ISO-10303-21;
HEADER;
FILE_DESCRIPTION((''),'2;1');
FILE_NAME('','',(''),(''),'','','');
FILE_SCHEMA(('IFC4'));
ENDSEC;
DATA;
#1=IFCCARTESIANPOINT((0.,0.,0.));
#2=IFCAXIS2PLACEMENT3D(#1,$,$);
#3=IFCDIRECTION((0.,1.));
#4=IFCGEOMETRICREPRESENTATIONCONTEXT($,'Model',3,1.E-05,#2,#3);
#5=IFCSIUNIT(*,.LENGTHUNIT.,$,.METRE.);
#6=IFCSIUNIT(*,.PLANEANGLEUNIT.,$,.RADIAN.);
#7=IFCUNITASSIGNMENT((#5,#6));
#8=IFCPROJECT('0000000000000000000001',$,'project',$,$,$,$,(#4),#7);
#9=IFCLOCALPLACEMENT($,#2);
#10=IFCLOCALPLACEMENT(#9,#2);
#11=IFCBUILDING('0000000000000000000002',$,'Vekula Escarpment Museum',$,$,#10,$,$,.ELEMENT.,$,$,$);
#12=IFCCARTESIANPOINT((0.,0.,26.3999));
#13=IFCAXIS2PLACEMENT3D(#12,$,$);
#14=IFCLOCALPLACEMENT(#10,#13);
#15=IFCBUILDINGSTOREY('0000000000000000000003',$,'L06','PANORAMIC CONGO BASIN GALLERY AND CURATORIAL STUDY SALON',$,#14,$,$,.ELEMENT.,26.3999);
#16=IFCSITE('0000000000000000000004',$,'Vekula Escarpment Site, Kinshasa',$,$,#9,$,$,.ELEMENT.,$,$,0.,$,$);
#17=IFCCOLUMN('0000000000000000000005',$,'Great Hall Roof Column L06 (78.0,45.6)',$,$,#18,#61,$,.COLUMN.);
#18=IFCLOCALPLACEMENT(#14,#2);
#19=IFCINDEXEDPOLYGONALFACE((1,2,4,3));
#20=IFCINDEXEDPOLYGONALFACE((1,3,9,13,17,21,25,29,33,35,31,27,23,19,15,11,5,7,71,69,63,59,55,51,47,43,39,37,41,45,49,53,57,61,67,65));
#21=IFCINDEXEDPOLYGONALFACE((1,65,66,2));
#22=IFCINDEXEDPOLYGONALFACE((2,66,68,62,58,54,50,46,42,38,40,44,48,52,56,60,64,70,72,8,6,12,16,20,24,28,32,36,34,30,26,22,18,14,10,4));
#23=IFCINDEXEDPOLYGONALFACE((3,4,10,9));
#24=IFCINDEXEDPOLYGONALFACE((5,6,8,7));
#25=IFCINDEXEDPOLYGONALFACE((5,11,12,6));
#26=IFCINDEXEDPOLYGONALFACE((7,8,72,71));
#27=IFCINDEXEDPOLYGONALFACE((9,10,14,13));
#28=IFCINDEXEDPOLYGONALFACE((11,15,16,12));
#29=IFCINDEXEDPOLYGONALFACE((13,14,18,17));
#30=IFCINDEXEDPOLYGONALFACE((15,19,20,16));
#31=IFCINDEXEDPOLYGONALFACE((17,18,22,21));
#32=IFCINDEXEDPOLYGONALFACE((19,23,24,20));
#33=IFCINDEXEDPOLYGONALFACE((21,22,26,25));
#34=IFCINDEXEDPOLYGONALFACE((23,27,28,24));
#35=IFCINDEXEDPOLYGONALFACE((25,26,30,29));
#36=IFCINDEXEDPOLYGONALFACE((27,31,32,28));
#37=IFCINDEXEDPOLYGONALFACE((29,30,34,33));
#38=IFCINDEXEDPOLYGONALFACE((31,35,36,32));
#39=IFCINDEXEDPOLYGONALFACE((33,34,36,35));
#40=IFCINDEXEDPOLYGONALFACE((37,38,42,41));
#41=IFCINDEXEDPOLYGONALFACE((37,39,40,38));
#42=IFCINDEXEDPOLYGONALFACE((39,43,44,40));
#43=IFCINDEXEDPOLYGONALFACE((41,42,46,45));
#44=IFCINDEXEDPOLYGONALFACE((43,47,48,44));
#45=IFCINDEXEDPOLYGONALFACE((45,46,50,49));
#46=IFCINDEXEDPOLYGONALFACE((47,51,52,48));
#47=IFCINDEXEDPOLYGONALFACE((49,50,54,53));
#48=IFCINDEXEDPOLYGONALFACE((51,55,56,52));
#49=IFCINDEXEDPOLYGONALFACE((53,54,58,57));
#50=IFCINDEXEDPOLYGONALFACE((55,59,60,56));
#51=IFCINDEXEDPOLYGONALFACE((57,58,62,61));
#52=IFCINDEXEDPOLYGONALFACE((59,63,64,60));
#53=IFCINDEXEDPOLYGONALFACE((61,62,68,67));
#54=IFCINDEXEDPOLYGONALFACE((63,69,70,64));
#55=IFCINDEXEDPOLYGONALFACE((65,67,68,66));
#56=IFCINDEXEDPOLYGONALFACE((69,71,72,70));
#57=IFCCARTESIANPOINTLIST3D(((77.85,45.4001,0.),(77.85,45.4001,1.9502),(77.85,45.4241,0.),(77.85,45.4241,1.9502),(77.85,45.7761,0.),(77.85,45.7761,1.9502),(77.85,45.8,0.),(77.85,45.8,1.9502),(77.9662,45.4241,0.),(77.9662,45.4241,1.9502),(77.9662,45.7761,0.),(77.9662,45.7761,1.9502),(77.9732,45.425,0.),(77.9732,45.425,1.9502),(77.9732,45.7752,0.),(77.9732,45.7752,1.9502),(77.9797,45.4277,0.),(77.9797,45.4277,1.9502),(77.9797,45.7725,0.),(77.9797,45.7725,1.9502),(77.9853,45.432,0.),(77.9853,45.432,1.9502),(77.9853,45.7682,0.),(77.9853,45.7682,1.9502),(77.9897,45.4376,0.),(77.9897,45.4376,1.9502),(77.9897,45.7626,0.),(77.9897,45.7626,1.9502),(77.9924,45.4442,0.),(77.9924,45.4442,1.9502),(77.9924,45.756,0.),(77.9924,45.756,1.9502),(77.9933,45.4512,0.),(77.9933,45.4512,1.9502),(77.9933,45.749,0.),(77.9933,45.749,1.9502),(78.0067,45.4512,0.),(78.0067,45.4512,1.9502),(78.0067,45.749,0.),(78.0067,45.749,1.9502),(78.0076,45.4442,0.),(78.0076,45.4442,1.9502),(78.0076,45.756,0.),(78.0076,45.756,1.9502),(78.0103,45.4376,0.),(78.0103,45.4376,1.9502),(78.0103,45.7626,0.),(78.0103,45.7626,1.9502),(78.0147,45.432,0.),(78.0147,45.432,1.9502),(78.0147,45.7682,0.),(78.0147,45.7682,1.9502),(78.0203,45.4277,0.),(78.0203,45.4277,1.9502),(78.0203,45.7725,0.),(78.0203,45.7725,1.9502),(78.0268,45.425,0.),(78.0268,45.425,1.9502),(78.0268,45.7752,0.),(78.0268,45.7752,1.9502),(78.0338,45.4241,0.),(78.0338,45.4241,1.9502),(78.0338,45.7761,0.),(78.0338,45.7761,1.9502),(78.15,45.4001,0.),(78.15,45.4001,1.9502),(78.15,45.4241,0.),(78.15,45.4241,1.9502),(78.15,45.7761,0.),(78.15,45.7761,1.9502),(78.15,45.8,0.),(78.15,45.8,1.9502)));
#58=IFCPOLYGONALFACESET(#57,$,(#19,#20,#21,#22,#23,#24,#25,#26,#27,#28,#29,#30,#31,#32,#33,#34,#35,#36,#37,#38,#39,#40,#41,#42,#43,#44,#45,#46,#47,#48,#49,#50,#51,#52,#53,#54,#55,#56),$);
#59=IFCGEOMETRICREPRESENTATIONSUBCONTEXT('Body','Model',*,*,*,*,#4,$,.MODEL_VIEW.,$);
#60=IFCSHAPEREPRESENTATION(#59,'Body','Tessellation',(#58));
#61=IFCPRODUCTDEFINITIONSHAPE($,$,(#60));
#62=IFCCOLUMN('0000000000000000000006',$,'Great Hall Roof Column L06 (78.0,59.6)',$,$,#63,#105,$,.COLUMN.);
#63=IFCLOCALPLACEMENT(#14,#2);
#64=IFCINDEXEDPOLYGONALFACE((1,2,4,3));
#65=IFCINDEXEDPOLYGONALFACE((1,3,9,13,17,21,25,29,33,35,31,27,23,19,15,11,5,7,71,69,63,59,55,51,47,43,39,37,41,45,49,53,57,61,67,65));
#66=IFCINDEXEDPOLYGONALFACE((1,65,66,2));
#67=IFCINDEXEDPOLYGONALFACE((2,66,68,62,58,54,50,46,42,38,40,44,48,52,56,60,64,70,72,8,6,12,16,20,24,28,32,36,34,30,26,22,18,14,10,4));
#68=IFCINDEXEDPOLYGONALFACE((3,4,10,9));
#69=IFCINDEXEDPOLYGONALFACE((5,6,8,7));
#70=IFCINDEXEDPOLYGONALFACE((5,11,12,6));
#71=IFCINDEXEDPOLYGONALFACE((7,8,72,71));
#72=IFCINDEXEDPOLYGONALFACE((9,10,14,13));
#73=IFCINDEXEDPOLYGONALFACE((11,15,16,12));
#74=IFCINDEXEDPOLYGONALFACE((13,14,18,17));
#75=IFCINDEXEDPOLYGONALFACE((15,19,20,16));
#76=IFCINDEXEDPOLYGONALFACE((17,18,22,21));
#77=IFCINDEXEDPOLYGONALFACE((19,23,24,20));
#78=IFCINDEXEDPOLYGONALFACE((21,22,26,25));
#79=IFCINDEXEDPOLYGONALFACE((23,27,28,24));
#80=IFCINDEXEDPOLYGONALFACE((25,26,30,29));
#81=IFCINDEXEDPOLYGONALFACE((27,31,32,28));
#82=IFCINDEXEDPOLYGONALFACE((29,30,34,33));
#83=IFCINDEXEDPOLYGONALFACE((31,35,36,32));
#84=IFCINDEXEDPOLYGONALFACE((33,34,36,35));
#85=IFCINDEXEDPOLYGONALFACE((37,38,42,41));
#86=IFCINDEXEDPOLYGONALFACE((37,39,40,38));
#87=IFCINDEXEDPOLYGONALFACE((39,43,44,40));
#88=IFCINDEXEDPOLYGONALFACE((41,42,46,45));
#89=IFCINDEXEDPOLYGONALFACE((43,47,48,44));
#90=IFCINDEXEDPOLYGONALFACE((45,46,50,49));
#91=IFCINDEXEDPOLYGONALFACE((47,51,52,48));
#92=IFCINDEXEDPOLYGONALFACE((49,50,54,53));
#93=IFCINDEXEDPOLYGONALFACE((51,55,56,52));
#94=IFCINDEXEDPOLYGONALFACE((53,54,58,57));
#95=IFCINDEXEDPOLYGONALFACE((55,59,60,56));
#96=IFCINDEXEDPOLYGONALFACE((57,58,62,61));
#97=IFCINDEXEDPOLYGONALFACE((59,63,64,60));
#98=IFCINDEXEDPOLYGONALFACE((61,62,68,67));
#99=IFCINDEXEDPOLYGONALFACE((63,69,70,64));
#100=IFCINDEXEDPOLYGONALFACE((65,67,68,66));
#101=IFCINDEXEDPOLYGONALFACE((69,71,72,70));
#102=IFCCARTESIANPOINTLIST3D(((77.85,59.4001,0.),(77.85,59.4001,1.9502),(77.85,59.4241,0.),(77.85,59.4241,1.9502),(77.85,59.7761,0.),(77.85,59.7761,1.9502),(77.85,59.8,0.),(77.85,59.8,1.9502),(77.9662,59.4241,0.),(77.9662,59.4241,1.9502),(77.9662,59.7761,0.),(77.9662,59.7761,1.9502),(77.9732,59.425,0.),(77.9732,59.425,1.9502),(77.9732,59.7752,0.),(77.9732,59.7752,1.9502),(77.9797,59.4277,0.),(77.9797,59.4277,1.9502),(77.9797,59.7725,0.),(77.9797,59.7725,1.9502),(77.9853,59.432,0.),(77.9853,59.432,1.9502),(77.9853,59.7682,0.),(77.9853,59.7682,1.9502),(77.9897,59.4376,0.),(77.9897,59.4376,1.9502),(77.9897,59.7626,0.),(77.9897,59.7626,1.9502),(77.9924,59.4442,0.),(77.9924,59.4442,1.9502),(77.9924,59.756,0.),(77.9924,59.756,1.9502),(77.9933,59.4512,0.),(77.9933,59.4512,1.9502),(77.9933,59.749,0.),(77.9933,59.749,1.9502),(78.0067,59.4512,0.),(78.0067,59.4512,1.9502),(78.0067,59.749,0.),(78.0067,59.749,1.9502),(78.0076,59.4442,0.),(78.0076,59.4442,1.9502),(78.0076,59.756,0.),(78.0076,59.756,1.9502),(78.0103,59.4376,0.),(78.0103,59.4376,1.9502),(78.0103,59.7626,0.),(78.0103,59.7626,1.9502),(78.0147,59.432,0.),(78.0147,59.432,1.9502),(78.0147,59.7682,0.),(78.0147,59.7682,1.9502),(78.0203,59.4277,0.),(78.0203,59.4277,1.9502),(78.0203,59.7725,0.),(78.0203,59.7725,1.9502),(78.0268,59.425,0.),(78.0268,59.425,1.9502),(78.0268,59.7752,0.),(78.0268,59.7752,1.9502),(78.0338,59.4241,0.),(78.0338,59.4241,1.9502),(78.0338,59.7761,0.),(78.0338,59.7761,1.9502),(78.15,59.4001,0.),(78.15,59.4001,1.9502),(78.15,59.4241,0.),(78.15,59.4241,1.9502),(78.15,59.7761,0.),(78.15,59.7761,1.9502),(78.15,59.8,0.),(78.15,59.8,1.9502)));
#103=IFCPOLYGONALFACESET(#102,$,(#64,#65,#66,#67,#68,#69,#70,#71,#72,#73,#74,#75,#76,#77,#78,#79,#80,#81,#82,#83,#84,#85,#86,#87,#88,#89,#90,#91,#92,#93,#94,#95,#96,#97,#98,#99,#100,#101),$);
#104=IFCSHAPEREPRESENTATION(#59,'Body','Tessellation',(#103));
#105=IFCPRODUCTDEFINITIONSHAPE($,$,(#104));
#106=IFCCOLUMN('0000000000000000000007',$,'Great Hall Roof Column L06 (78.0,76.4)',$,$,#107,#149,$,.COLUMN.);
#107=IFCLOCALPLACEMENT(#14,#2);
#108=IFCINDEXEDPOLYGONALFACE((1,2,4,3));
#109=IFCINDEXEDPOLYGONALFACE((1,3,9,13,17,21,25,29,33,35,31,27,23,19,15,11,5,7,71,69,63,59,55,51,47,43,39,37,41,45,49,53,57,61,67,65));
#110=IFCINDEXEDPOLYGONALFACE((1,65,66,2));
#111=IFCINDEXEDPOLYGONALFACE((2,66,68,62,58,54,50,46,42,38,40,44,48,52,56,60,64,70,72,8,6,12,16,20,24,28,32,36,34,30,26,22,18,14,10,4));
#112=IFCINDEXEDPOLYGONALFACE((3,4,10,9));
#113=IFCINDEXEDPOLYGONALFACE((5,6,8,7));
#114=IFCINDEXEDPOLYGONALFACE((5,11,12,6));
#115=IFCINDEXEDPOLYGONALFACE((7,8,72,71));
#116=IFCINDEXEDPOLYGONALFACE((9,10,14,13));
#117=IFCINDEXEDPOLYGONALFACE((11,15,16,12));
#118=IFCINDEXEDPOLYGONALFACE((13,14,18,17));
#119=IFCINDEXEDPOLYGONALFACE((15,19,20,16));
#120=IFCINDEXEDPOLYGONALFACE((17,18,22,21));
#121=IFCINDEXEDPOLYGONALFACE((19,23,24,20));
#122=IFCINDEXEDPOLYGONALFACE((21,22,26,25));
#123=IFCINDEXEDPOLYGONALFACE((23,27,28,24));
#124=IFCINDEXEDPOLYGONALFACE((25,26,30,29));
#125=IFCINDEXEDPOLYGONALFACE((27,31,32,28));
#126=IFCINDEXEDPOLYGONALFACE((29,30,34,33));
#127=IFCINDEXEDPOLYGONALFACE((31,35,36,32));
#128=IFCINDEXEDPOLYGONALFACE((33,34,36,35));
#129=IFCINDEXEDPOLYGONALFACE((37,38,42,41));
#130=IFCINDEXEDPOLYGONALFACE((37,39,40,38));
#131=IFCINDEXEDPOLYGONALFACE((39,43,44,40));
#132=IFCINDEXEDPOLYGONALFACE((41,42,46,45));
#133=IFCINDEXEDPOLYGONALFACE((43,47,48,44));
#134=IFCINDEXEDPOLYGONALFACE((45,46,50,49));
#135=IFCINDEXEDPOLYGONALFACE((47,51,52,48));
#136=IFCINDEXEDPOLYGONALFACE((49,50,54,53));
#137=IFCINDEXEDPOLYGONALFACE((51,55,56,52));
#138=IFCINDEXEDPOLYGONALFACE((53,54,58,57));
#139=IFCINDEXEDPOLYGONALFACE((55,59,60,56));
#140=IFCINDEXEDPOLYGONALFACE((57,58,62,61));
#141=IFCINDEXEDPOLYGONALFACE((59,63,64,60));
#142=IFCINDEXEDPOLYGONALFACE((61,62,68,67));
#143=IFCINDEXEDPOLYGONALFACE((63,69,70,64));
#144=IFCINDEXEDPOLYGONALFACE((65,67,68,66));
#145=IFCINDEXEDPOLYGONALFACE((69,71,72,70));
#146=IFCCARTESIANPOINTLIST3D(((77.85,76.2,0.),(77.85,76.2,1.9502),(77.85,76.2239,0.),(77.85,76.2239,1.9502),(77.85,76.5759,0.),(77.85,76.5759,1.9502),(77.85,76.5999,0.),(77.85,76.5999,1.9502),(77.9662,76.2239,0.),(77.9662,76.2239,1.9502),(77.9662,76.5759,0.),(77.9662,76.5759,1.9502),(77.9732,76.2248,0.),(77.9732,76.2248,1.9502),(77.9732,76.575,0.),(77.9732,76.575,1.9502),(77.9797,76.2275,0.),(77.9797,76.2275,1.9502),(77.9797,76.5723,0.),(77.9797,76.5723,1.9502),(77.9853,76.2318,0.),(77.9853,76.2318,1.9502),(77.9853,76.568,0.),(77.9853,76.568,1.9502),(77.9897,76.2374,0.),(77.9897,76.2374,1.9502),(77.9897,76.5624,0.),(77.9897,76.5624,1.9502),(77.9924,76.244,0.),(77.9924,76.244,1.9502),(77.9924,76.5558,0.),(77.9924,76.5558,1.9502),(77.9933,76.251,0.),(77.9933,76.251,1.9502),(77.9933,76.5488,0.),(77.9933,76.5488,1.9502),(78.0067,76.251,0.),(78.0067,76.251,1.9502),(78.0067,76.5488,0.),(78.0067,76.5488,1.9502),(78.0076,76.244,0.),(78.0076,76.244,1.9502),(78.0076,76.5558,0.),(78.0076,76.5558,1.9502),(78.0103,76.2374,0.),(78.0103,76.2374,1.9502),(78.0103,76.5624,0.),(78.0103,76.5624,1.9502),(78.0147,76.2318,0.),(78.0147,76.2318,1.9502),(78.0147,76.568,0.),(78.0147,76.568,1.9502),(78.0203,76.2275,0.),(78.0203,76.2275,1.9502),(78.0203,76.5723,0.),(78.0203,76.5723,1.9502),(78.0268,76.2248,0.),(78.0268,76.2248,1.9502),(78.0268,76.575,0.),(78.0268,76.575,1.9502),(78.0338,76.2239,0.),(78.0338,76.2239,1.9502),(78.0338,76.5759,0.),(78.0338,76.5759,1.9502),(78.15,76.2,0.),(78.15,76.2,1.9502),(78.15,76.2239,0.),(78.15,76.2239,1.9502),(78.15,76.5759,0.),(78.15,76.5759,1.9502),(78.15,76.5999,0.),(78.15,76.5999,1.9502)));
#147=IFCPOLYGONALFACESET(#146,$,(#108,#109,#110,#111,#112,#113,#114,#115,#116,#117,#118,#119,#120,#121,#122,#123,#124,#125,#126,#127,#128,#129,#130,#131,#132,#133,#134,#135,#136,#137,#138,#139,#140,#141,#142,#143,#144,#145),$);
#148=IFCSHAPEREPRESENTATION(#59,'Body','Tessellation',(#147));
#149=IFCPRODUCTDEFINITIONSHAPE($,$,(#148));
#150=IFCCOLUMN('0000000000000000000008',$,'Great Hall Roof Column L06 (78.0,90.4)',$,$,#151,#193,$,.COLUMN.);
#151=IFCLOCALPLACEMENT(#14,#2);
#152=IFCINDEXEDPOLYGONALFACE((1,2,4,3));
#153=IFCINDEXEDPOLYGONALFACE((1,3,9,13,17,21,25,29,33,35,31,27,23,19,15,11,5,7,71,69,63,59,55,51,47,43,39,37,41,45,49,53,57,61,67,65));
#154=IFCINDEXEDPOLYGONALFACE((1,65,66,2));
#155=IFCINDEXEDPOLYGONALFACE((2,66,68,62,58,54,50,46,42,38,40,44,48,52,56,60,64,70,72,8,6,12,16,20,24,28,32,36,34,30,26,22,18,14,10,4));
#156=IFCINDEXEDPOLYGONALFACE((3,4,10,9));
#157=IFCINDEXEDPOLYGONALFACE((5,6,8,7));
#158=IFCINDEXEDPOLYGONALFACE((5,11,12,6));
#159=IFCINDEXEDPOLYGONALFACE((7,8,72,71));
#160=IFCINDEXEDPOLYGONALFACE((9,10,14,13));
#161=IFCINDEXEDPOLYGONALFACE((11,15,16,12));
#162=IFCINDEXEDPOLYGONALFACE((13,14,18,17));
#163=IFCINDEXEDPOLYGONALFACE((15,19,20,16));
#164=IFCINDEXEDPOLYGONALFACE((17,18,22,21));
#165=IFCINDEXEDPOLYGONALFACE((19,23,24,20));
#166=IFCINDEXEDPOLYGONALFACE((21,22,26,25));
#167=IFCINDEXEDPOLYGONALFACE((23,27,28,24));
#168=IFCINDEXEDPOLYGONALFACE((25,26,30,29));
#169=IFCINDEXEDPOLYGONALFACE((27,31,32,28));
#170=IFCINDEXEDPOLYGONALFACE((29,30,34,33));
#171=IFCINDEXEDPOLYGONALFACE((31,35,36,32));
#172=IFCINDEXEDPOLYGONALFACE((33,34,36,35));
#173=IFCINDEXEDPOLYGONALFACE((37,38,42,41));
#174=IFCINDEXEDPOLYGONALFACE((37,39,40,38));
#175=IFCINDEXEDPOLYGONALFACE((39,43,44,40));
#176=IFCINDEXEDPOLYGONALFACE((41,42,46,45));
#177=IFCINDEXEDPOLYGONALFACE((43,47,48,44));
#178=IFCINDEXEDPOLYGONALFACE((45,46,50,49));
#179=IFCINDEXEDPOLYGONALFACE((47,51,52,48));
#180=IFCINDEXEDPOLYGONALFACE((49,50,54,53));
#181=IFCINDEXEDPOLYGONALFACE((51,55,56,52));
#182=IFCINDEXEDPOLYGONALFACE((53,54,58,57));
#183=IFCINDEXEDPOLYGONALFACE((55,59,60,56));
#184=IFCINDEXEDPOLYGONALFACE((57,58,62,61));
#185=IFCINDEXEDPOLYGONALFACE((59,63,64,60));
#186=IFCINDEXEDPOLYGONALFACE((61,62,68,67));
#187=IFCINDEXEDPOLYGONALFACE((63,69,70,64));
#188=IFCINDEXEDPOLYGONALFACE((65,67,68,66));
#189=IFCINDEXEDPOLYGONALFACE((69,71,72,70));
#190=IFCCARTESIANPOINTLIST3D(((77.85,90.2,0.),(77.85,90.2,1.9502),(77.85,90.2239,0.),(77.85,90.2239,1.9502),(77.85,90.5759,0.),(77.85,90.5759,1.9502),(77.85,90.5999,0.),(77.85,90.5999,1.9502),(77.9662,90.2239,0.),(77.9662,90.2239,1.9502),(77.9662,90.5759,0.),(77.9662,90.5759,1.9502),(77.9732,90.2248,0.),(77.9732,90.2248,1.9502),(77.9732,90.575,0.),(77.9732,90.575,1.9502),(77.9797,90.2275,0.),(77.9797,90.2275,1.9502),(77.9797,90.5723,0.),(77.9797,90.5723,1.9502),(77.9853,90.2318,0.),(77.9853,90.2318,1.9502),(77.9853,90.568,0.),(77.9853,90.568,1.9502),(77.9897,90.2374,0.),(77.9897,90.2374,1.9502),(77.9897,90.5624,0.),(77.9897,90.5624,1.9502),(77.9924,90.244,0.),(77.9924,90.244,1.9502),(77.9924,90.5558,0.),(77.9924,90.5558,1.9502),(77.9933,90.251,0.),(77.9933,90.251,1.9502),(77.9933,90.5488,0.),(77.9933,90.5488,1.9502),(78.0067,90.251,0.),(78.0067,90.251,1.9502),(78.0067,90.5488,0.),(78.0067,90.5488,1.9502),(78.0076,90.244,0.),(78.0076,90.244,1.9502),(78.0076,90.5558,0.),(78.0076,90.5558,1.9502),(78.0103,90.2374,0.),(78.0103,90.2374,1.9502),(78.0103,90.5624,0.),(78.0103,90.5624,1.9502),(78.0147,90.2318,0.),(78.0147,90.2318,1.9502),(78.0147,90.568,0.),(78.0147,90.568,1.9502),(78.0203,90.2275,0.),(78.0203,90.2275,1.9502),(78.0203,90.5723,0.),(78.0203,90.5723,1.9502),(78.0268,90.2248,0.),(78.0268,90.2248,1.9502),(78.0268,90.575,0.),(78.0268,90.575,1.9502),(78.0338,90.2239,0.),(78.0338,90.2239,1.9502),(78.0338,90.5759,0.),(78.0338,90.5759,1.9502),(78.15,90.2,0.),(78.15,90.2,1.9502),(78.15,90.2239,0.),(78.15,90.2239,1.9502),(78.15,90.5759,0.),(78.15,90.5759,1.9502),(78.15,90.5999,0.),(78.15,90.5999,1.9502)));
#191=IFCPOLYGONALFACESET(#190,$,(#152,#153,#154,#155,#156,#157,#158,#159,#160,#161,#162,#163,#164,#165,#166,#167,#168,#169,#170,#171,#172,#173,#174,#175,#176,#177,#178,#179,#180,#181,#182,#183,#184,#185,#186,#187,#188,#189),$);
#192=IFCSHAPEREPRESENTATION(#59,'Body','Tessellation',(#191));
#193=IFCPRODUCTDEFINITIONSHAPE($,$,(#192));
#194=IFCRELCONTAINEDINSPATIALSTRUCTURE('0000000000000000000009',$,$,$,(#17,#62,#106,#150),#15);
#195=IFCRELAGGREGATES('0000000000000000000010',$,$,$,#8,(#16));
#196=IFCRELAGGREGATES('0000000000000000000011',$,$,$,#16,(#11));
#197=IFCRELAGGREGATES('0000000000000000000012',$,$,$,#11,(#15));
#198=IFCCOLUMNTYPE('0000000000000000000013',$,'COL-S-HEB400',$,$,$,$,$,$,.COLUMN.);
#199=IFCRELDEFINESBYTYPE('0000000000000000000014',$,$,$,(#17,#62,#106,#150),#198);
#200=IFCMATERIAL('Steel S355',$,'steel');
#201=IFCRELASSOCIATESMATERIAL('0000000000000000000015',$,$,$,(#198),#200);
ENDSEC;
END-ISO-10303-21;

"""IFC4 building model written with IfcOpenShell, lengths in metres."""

from ifc_helpers import new_model, si_unit, direction, frame, origin, origin_2d, place, context, subcontext, project, spatial, i_section, extrude, material, material_profile, profile_set, type_object, element, save


model = new_model("IFC4")

# Units and contexts
model_context = context("Model", 3, precision=1e-05, world=origin(), true_north=direction((0.0, 1.0)))
body_context = subcontext(model_context, "Body", "Model", "MODEL_VIEW")
ifc_project = project(units=[si_unit("LENGTHUNIT", "METRE"), si_unit("PLANEANGLEUNIT", "RADIAN")], contexts=[model_context])

# Site, building, storey
site_placement = place(None, origin())
site = spatial("IfcSite", under=ifc_project, at=site_placement, Name="Vekula Escarpment Site, Kinshasa", CompositionType="ELEMENT", RefElevation=0.0)
building_placement = place(site_placement, origin())
building = spatial("IfcBuilding", under=site, at=building_placement, Name="Vekula Escarpment Museum", CompositionType="ELEMENT")
storey_placement = place(building_placement, frame((0.0, 0.0, 26.3999)))
storey = spatial("IfcBuildingStorey", under=building, at=storey_placement, Name="L06", Description="PANORAMIC CONGO BASIN GALLERY AND CURATORIAL STUDY SALON", CompositionType="ELEMENT", Elevation=26.3999)

# Columns
ifc_material_1 = material(Name="Steel S355", Category="steel")
ifc_material_profile_1 = material_profile(ifc_material_1, i_section(OverallWidth=0.3, OverallDepth=0.3999, WebThickness=0.0134, FlangeThickness=0.0239, FilletRadius=0.0271, at=origin_2d()), Name="HEB 400")
ifc_profile_set_1 = profile_set([ifc_material_profile_1], Name="Steel S355")
column_type = type_object("IfcColumnType", Name="COL-S-HEB400", PredefinedType="COLUMN", material=ifc_profile_set_1)
for number, where, z_axis, x_axis, name in (
    (1, (78.0, 45.6001, 0.0), (0.0, 0.0, 1.0), (1.0, 0.0, 0.0), "Great Hall Roof Column L06 (78.0,45.6)"),
    (2, (78.0, 59.6001, 0.0), (0.0, 0.0, 1.0), (1.0, 0.0, 0.0), "Great Hall Roof Column L06 (78.0,59.6)"),
    (3, (78.0, 76.3999, 0.0), (0.0, 0.0, 1.0), (1.0, 0.0, 0.0), "Great Hall Roof Column L06 (78.0,76.4)"),
    (4, (78.0, 90.3999, 0.0), (0.0, 0.0, 1.0), (1.0, 0.0, 0.0), "Great Hall Roof Column L06 (78.0,90.4)"),
):
    element("IfcColumn", number, at=place(storey_placement, frame(where, z_axis=z_axis, x_axis=x_axis)), inside=storey, type_object=column_type, Name=name, PredefinedType="COLUMN", context=body_context, shape_type="SweptSolid", body=[
        extrude(i_section(OverallWidth=0.3, OverallDepth=0.3999, WebThickness=0.0134, FlangeThickness=0.0239, FilletRadius=0.0271, at=origin_2d()), origin(), (0.0, 0.0, 1.0), 1.9502),
    ])

save(model, "model.ifc")
